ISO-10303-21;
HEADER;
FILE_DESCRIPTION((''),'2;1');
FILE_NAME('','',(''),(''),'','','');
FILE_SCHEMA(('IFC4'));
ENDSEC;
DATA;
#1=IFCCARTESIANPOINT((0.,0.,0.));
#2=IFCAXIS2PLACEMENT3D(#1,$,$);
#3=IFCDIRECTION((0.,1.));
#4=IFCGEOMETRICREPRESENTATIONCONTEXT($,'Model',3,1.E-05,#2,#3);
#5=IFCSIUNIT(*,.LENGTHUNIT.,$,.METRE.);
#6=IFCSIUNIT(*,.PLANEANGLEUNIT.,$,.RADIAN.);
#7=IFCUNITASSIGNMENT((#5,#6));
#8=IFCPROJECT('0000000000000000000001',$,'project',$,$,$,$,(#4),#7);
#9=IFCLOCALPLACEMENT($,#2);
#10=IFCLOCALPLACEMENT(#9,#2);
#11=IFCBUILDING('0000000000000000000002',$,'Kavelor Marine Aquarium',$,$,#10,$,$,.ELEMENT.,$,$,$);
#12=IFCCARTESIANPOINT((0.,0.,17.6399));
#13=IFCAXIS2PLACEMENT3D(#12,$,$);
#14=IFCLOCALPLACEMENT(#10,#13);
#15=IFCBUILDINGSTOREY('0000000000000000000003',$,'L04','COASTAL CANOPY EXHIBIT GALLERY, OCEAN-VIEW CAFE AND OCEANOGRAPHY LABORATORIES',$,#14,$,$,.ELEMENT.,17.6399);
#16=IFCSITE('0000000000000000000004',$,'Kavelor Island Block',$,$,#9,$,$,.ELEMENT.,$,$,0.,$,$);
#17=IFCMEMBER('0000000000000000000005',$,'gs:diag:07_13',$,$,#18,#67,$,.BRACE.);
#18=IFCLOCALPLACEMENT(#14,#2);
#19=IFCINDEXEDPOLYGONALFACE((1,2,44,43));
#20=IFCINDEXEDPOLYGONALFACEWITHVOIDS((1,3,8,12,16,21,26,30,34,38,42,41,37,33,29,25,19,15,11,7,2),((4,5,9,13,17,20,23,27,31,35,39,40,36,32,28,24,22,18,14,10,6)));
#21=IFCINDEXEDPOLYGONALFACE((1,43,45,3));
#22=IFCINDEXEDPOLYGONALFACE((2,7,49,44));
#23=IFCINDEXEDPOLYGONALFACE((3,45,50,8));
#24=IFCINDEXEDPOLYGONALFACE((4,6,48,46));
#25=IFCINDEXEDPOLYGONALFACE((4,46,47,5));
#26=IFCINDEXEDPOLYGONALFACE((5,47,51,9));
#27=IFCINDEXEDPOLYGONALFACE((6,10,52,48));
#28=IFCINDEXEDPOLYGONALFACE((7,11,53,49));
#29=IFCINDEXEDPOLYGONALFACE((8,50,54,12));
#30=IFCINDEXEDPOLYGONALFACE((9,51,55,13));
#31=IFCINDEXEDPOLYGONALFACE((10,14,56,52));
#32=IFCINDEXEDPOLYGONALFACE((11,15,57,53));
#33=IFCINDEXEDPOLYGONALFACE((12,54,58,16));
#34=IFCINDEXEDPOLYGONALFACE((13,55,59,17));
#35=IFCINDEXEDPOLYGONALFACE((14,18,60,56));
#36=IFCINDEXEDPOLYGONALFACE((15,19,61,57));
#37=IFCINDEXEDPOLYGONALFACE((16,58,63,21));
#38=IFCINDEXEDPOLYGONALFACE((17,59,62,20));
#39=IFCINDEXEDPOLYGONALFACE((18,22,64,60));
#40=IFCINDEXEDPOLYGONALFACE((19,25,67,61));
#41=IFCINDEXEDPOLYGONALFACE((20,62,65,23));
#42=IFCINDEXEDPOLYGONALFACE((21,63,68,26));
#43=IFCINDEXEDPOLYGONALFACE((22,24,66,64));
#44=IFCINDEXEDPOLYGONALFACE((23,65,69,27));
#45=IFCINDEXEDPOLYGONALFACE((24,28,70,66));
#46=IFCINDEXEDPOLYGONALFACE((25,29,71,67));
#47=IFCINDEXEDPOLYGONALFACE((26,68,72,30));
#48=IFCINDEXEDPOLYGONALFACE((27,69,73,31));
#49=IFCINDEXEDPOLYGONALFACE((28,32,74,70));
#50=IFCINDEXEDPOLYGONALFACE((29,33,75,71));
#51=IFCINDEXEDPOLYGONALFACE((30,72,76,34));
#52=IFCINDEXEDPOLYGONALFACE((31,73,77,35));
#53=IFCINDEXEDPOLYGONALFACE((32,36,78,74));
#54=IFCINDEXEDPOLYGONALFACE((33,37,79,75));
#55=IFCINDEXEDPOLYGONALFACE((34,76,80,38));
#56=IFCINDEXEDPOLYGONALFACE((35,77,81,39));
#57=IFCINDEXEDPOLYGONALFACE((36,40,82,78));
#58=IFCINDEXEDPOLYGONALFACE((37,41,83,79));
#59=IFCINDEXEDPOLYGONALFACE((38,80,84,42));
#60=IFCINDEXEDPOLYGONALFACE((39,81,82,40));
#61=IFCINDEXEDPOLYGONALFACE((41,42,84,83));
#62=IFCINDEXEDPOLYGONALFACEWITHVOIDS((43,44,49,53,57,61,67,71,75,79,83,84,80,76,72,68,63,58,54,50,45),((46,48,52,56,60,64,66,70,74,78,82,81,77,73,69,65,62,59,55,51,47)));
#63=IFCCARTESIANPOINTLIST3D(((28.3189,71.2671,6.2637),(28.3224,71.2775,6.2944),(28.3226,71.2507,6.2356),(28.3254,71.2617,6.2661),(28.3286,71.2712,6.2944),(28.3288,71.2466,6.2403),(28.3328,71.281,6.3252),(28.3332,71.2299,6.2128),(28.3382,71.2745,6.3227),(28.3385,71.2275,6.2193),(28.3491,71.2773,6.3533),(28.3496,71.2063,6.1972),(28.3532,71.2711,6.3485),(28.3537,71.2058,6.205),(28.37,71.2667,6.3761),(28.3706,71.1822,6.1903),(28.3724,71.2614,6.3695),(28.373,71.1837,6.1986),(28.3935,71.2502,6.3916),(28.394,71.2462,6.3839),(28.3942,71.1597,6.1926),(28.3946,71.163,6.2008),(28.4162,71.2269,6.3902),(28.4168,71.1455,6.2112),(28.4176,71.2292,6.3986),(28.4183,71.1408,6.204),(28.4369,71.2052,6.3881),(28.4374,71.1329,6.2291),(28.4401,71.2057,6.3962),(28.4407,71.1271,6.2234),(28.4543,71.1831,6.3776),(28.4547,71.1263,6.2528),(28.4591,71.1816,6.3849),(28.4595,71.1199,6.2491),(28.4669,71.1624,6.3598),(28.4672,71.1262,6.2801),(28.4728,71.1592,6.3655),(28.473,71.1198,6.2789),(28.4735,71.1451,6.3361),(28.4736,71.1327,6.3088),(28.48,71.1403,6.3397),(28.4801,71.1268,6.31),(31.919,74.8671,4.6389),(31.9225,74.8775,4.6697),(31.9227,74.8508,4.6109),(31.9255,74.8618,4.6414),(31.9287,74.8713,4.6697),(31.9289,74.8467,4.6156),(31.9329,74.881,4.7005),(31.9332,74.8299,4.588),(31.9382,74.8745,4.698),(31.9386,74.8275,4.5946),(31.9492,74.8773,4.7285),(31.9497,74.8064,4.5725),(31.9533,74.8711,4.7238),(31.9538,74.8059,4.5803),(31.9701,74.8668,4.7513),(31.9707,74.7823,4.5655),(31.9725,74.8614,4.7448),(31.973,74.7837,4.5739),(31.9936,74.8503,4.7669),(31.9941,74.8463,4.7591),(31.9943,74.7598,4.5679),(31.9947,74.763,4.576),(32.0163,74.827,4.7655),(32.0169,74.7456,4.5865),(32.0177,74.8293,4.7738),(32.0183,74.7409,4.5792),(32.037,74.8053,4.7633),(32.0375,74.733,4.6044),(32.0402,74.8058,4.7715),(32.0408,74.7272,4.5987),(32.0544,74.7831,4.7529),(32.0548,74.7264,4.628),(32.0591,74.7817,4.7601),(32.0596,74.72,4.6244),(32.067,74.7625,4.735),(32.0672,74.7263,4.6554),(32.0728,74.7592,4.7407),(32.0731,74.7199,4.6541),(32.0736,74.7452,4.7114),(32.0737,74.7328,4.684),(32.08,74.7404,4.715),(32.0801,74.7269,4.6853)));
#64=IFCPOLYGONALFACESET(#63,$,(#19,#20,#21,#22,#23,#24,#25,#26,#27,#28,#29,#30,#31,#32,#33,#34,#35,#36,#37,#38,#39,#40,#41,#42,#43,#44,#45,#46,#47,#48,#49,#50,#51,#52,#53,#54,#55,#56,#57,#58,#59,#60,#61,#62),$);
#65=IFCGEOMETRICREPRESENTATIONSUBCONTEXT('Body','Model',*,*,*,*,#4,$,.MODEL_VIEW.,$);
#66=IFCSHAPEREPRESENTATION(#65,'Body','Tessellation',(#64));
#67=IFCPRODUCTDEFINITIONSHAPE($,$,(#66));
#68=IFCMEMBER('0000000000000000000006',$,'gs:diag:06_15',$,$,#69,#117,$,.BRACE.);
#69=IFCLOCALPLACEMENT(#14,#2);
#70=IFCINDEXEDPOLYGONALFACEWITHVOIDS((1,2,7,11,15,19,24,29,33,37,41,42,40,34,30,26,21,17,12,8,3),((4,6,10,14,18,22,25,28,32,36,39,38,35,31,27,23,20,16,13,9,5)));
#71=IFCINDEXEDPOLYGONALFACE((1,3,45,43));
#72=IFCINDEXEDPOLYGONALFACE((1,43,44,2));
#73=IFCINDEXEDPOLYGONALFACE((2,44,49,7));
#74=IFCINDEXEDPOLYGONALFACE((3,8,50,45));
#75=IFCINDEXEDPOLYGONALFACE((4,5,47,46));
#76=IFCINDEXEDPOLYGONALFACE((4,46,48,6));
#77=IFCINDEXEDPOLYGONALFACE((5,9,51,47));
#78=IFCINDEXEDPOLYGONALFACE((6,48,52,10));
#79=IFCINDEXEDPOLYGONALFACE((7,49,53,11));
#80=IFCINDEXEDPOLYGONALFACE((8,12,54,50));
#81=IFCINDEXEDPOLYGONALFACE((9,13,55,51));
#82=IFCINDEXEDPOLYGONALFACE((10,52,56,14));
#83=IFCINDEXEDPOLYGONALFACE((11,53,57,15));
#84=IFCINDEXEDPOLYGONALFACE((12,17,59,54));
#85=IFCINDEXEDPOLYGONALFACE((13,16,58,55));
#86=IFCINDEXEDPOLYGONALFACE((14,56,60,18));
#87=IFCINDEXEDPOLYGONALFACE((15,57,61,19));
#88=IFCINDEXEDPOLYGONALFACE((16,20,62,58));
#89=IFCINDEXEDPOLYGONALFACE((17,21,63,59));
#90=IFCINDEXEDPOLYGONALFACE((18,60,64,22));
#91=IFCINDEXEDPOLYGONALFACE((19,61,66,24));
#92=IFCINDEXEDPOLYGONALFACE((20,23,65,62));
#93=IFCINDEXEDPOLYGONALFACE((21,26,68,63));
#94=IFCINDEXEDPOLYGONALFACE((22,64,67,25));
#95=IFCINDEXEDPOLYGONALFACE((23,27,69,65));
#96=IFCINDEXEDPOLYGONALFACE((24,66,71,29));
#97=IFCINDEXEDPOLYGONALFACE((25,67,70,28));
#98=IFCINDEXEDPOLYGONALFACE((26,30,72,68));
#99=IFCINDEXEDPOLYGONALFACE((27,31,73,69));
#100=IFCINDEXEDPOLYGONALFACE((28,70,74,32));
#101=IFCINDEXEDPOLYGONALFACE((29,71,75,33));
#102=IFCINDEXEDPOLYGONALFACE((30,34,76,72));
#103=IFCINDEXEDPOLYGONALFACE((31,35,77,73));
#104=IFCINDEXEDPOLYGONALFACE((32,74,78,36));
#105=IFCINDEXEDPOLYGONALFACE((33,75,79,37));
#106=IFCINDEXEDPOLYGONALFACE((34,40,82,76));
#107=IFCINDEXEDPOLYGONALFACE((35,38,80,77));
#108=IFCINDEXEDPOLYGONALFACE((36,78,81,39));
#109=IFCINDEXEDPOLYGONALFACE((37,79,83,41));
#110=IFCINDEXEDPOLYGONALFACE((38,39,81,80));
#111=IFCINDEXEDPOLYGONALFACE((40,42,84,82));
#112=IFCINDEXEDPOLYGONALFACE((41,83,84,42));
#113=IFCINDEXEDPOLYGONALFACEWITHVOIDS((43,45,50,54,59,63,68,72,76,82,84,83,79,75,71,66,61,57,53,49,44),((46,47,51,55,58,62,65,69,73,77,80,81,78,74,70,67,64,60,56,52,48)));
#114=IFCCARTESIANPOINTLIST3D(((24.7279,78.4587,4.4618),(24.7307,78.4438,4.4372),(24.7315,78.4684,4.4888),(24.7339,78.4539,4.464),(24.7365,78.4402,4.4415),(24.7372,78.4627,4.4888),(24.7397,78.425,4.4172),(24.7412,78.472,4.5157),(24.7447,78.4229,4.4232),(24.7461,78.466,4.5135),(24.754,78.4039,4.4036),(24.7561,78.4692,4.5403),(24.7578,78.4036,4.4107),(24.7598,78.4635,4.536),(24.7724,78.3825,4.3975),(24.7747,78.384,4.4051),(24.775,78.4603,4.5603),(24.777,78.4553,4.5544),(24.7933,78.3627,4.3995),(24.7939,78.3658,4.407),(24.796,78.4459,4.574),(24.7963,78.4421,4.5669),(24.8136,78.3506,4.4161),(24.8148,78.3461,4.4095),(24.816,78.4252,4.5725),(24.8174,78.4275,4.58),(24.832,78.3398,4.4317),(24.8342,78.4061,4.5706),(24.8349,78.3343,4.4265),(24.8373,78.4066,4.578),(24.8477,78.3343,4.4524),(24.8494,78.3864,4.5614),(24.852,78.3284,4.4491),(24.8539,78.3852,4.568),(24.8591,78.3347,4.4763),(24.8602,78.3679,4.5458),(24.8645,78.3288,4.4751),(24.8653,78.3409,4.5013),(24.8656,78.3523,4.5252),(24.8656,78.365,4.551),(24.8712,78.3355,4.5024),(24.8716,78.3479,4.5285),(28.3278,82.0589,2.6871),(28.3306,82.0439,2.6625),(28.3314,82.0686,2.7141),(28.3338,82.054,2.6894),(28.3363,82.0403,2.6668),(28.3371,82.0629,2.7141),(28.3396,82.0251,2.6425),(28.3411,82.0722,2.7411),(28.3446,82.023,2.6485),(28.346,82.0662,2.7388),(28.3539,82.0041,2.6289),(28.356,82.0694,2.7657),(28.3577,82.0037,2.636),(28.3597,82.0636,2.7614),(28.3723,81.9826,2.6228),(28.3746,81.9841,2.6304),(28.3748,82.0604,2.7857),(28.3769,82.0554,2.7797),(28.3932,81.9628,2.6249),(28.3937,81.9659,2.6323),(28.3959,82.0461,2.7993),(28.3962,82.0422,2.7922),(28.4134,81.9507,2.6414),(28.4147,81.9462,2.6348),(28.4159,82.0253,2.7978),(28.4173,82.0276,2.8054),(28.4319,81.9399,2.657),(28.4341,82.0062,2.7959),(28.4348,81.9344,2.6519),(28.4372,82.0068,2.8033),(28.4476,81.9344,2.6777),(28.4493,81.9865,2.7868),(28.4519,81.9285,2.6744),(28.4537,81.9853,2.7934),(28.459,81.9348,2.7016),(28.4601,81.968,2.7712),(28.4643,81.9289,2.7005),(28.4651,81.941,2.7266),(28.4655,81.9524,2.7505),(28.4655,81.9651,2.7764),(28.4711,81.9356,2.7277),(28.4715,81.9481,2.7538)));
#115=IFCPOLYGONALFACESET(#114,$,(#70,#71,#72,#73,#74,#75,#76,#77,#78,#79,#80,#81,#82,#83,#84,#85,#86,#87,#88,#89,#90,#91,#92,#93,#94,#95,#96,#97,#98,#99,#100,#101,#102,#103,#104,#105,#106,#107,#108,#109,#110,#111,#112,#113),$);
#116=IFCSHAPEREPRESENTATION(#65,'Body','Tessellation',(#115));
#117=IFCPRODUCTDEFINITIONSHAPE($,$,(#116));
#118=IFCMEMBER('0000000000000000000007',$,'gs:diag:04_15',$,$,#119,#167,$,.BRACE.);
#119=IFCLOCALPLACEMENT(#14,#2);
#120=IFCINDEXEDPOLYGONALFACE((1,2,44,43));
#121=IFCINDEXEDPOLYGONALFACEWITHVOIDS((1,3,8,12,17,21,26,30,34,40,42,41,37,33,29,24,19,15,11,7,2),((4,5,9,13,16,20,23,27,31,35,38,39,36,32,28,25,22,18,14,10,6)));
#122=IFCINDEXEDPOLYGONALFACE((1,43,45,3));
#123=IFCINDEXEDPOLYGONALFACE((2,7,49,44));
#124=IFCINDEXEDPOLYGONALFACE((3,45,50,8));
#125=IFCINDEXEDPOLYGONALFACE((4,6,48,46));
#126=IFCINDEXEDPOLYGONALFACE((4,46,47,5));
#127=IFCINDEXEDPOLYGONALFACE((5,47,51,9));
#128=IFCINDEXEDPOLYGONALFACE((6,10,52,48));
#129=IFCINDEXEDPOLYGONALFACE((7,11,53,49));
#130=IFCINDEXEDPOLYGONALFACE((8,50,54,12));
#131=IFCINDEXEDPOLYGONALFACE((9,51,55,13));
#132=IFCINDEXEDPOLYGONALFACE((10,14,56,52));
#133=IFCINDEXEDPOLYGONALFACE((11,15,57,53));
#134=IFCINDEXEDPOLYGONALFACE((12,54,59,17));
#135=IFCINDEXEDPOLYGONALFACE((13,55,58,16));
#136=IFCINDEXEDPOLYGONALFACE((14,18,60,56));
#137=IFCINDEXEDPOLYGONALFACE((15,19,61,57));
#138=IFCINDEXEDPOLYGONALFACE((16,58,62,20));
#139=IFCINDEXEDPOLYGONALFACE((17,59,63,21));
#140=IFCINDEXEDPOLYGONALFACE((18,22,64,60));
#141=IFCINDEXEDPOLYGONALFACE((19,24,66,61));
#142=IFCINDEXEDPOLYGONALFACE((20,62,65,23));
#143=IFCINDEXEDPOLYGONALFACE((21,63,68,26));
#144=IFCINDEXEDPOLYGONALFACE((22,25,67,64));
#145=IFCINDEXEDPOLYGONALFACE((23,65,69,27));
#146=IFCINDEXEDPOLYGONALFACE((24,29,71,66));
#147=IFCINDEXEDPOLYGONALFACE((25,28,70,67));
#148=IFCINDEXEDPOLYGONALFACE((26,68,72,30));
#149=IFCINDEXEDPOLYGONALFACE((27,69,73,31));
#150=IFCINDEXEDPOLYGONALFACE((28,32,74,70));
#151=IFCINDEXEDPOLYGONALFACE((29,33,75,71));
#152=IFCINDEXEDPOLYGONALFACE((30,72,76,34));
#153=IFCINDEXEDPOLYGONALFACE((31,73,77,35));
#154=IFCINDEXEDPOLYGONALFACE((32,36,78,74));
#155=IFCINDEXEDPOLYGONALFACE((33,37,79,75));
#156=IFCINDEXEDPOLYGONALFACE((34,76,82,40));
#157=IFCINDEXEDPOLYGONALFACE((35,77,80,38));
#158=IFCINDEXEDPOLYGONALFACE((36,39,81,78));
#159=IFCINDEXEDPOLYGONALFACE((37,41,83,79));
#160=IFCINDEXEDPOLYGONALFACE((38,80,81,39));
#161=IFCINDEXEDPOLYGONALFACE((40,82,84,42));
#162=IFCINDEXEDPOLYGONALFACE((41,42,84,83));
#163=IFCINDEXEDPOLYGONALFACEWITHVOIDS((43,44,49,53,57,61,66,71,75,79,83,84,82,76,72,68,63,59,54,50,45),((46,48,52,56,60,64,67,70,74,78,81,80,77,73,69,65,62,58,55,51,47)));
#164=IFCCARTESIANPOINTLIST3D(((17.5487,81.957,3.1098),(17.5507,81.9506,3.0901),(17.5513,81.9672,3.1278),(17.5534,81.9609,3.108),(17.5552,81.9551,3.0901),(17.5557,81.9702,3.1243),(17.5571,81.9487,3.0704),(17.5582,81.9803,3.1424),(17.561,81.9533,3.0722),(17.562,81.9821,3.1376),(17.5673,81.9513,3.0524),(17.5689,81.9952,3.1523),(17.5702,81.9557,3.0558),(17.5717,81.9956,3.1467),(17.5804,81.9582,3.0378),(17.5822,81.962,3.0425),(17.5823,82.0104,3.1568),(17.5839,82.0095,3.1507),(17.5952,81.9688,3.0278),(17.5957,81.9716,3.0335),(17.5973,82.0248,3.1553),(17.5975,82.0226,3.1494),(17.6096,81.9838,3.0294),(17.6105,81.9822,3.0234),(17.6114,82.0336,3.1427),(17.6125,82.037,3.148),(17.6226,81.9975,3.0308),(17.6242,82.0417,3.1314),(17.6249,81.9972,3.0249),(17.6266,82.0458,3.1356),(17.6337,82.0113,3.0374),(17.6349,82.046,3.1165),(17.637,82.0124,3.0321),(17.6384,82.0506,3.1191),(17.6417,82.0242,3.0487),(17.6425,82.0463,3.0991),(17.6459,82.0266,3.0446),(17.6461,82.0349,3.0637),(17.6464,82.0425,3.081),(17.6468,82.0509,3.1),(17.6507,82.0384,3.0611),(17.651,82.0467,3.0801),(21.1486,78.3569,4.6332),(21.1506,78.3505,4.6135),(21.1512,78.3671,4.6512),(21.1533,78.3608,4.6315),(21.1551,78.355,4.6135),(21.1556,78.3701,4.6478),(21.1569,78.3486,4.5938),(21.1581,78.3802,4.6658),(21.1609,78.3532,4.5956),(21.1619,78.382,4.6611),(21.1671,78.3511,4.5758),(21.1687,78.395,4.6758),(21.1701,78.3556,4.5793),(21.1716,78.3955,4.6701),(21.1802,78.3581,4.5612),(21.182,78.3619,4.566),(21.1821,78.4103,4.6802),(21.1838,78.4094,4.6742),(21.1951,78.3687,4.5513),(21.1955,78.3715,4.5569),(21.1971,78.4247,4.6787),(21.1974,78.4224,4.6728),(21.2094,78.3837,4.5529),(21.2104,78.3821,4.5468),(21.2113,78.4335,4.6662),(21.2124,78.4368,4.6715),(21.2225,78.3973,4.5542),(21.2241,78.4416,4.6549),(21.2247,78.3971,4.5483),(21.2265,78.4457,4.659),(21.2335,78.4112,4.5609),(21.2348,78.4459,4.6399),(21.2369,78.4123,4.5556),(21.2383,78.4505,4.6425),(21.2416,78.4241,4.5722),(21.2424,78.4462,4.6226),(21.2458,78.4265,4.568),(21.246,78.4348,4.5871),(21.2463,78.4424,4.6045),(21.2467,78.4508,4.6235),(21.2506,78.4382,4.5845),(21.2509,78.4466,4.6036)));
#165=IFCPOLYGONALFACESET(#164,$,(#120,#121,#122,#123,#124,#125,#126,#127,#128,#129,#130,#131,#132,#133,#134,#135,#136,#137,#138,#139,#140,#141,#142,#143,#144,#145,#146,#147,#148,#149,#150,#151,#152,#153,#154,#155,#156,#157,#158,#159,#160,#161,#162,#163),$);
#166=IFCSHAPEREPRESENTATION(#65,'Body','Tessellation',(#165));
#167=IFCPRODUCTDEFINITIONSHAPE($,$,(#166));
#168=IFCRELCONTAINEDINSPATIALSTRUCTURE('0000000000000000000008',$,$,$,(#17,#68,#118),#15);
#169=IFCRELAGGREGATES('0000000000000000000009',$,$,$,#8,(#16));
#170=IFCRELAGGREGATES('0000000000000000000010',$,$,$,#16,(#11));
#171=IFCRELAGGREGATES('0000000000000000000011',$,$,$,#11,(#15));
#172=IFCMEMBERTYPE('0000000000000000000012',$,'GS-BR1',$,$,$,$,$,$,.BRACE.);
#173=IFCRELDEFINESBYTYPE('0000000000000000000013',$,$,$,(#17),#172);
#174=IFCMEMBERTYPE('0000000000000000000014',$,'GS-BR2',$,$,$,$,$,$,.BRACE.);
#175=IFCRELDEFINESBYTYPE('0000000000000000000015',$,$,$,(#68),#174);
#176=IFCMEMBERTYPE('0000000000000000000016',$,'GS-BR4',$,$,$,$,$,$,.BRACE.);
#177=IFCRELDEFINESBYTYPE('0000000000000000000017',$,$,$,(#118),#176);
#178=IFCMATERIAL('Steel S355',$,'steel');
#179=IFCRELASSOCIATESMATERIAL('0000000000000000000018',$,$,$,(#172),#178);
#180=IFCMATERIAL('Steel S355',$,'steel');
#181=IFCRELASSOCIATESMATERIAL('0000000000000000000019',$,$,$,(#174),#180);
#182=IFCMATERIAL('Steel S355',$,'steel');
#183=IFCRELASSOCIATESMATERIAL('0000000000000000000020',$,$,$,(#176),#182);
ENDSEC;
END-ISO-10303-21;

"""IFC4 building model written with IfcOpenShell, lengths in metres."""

from ifc_helpers import new_model, si_unit, direction, frame, origin, origin_2d, place, context, subcontext, project, spatial, hollow_circle, extrude, material, material_profile, profile_set, type_object, element, save


model = new_model("IFC4")

# Units and contexts
model_context = context("Model", 3, precision=1e-05, world=origin(), true_north=direction((0.0, 1.0)))
body_context = subcontext(model_context, "Body", "Model", "MODEL_VIEW")
ifc_project = project(units=[si_unit("LENGTHUNIT", "METRE"), si_unit("PLANEANGLEUNIT", "RADIAN")], contexts=[model_context])

# Site, building, storey
site_placement = place(None, origin())
site = spatial("IfcSite", under=ifc_project, at=site_placement, Name="Kavelor Island Block", CompositionType="ELEMENT", RefElevation=0.0)
building_placement = place(site_placement, origin())
building = spatial("IfcBuilding", under=site, at=building_placement, Name="Kavelor Marine Aquarium", CompositionType="ELEMENT")
storey_placement = place(building_placement, frame((0.0, 0.0, 17.6399)))
storey = spatial("IfcBuildingStorey", under=building, at=storey_placement, Name="L04", Description="COASTAL CANOPY EXHIBIT GALLERY, OCEAN-VIEW CAFE AND OCEANOGRAPHY LABORATORIES", CompositionType="ELEMENT", Elevation=17.6399)

# Members
ifc_material_1 = material(Name="Steel S355", Category="steel")
ifc_material_profile_1 = material_profile(ifc_material_1, hollow_circle(Radius=0.1096, WallThickness=0.0088, at=origin_2d()), Name="CHS 219.1x8.8")
ifc_profile_set_1 = profile_set([ifc_material_profile_1], Name="Steel S355")
member_type_1 = type_object("IfcMemberType", Name="GS-BR1", PredefinedType="BRACE", material=ifc_profile_set_1)
member_1_placement = place(storey_placement, frame((28.3999, 71.2, 6.2944), z_axis=(0.673637, 0.673637, -0.304018), x_axis=(-0.707107, 0.707107, 0.0)))
element("IfcMember", 1, at=member_1_placement, inside=storey, type_object=member_type_1, Name="gs:diag:07_13", PredefinedType="BRACE", context=body_context, shape_type="SweptSolid", body=[
    extrude(hollow_circle(Radius=0.1096, WallThickness=0.0088, at=origin_2d()), origin(), (0.0, 0.0, 1.0), 5.3442),
])
ifc_material_2 = material(Name="Steel S355", Category="steel")
ifc_material_profile_2 = material_profile(ifc_material_2, hollow_circle(Radius=0.0969, WallThickness=0.0081, at=origin_2d()), Name="CHS 193.7x8.0")
ifc_profile_set_2 = profile_set([ifc_material_profile_2], Name="Steel S355")
member_type_2 = type_object("IfcMemberType", Name="GS-BR2", PredefinedType="BRACE", material=ifc_profile_set_2)
member_2_placement = place(storey_placement, frame((24.8, 78.3999, 4.4888), z_axis=(0.667681, 0.667727, -0.329154), x_axis=(-0.707131, 0.707083, 0.0)))
element("IfcMember", 2, at=member_2_placement, inside=storey, type_object=member_type_2, Name="gs:diag:06_15", PredefinedType="BRACE", context=body_context, shape_type="SweptSolid", body=[
    extrude(hollow_circle(Radius=0.0969, WallThickness=0.0081, at=origin_2d()), origin(), (0.0, 0.0, 1.0), 5.3916),
])
ifc_material_3 = material(Name="Steel S355", Category="steel")
ifc_material_profile_3 = material_profile(ifc_material_3, hollow_circle(Radius=0.0698, WallThickness=0.0063, at=origin_2d()), Name="CHS 139.7x6.3")
ifc_profile_set_3 = profile_set([ifc_material_profile_3], Name="Steel S355")
member_type_3 = type_object("IfcMemberType", Name="GS-BR4", PredefinedType="BRACE", material=ifc_profile_set_3)
member_3_placement = place(storey_placement, frame((21.2, 78.3999, 4.6135), z_axis=(-0.677405, 0.677451, -0.286674), x_axis=(-0.707131, -0.707083, 0.0)))
element("IfcMember", 3, at=member_3_placement, inside=storey, type_object=member_type_3, Name="gs:diag:04_15", PredefinedType="BRACE", context=body_context, shape_type="SweptSolid", body=[
    extrude(hollow_circle(Radius=0.0698, WallThickness=0.0063, at=origin_2d()), origin(), (0.0, 0.0, 1.0), 5.3142),
])

save(model, "model.ifc")
